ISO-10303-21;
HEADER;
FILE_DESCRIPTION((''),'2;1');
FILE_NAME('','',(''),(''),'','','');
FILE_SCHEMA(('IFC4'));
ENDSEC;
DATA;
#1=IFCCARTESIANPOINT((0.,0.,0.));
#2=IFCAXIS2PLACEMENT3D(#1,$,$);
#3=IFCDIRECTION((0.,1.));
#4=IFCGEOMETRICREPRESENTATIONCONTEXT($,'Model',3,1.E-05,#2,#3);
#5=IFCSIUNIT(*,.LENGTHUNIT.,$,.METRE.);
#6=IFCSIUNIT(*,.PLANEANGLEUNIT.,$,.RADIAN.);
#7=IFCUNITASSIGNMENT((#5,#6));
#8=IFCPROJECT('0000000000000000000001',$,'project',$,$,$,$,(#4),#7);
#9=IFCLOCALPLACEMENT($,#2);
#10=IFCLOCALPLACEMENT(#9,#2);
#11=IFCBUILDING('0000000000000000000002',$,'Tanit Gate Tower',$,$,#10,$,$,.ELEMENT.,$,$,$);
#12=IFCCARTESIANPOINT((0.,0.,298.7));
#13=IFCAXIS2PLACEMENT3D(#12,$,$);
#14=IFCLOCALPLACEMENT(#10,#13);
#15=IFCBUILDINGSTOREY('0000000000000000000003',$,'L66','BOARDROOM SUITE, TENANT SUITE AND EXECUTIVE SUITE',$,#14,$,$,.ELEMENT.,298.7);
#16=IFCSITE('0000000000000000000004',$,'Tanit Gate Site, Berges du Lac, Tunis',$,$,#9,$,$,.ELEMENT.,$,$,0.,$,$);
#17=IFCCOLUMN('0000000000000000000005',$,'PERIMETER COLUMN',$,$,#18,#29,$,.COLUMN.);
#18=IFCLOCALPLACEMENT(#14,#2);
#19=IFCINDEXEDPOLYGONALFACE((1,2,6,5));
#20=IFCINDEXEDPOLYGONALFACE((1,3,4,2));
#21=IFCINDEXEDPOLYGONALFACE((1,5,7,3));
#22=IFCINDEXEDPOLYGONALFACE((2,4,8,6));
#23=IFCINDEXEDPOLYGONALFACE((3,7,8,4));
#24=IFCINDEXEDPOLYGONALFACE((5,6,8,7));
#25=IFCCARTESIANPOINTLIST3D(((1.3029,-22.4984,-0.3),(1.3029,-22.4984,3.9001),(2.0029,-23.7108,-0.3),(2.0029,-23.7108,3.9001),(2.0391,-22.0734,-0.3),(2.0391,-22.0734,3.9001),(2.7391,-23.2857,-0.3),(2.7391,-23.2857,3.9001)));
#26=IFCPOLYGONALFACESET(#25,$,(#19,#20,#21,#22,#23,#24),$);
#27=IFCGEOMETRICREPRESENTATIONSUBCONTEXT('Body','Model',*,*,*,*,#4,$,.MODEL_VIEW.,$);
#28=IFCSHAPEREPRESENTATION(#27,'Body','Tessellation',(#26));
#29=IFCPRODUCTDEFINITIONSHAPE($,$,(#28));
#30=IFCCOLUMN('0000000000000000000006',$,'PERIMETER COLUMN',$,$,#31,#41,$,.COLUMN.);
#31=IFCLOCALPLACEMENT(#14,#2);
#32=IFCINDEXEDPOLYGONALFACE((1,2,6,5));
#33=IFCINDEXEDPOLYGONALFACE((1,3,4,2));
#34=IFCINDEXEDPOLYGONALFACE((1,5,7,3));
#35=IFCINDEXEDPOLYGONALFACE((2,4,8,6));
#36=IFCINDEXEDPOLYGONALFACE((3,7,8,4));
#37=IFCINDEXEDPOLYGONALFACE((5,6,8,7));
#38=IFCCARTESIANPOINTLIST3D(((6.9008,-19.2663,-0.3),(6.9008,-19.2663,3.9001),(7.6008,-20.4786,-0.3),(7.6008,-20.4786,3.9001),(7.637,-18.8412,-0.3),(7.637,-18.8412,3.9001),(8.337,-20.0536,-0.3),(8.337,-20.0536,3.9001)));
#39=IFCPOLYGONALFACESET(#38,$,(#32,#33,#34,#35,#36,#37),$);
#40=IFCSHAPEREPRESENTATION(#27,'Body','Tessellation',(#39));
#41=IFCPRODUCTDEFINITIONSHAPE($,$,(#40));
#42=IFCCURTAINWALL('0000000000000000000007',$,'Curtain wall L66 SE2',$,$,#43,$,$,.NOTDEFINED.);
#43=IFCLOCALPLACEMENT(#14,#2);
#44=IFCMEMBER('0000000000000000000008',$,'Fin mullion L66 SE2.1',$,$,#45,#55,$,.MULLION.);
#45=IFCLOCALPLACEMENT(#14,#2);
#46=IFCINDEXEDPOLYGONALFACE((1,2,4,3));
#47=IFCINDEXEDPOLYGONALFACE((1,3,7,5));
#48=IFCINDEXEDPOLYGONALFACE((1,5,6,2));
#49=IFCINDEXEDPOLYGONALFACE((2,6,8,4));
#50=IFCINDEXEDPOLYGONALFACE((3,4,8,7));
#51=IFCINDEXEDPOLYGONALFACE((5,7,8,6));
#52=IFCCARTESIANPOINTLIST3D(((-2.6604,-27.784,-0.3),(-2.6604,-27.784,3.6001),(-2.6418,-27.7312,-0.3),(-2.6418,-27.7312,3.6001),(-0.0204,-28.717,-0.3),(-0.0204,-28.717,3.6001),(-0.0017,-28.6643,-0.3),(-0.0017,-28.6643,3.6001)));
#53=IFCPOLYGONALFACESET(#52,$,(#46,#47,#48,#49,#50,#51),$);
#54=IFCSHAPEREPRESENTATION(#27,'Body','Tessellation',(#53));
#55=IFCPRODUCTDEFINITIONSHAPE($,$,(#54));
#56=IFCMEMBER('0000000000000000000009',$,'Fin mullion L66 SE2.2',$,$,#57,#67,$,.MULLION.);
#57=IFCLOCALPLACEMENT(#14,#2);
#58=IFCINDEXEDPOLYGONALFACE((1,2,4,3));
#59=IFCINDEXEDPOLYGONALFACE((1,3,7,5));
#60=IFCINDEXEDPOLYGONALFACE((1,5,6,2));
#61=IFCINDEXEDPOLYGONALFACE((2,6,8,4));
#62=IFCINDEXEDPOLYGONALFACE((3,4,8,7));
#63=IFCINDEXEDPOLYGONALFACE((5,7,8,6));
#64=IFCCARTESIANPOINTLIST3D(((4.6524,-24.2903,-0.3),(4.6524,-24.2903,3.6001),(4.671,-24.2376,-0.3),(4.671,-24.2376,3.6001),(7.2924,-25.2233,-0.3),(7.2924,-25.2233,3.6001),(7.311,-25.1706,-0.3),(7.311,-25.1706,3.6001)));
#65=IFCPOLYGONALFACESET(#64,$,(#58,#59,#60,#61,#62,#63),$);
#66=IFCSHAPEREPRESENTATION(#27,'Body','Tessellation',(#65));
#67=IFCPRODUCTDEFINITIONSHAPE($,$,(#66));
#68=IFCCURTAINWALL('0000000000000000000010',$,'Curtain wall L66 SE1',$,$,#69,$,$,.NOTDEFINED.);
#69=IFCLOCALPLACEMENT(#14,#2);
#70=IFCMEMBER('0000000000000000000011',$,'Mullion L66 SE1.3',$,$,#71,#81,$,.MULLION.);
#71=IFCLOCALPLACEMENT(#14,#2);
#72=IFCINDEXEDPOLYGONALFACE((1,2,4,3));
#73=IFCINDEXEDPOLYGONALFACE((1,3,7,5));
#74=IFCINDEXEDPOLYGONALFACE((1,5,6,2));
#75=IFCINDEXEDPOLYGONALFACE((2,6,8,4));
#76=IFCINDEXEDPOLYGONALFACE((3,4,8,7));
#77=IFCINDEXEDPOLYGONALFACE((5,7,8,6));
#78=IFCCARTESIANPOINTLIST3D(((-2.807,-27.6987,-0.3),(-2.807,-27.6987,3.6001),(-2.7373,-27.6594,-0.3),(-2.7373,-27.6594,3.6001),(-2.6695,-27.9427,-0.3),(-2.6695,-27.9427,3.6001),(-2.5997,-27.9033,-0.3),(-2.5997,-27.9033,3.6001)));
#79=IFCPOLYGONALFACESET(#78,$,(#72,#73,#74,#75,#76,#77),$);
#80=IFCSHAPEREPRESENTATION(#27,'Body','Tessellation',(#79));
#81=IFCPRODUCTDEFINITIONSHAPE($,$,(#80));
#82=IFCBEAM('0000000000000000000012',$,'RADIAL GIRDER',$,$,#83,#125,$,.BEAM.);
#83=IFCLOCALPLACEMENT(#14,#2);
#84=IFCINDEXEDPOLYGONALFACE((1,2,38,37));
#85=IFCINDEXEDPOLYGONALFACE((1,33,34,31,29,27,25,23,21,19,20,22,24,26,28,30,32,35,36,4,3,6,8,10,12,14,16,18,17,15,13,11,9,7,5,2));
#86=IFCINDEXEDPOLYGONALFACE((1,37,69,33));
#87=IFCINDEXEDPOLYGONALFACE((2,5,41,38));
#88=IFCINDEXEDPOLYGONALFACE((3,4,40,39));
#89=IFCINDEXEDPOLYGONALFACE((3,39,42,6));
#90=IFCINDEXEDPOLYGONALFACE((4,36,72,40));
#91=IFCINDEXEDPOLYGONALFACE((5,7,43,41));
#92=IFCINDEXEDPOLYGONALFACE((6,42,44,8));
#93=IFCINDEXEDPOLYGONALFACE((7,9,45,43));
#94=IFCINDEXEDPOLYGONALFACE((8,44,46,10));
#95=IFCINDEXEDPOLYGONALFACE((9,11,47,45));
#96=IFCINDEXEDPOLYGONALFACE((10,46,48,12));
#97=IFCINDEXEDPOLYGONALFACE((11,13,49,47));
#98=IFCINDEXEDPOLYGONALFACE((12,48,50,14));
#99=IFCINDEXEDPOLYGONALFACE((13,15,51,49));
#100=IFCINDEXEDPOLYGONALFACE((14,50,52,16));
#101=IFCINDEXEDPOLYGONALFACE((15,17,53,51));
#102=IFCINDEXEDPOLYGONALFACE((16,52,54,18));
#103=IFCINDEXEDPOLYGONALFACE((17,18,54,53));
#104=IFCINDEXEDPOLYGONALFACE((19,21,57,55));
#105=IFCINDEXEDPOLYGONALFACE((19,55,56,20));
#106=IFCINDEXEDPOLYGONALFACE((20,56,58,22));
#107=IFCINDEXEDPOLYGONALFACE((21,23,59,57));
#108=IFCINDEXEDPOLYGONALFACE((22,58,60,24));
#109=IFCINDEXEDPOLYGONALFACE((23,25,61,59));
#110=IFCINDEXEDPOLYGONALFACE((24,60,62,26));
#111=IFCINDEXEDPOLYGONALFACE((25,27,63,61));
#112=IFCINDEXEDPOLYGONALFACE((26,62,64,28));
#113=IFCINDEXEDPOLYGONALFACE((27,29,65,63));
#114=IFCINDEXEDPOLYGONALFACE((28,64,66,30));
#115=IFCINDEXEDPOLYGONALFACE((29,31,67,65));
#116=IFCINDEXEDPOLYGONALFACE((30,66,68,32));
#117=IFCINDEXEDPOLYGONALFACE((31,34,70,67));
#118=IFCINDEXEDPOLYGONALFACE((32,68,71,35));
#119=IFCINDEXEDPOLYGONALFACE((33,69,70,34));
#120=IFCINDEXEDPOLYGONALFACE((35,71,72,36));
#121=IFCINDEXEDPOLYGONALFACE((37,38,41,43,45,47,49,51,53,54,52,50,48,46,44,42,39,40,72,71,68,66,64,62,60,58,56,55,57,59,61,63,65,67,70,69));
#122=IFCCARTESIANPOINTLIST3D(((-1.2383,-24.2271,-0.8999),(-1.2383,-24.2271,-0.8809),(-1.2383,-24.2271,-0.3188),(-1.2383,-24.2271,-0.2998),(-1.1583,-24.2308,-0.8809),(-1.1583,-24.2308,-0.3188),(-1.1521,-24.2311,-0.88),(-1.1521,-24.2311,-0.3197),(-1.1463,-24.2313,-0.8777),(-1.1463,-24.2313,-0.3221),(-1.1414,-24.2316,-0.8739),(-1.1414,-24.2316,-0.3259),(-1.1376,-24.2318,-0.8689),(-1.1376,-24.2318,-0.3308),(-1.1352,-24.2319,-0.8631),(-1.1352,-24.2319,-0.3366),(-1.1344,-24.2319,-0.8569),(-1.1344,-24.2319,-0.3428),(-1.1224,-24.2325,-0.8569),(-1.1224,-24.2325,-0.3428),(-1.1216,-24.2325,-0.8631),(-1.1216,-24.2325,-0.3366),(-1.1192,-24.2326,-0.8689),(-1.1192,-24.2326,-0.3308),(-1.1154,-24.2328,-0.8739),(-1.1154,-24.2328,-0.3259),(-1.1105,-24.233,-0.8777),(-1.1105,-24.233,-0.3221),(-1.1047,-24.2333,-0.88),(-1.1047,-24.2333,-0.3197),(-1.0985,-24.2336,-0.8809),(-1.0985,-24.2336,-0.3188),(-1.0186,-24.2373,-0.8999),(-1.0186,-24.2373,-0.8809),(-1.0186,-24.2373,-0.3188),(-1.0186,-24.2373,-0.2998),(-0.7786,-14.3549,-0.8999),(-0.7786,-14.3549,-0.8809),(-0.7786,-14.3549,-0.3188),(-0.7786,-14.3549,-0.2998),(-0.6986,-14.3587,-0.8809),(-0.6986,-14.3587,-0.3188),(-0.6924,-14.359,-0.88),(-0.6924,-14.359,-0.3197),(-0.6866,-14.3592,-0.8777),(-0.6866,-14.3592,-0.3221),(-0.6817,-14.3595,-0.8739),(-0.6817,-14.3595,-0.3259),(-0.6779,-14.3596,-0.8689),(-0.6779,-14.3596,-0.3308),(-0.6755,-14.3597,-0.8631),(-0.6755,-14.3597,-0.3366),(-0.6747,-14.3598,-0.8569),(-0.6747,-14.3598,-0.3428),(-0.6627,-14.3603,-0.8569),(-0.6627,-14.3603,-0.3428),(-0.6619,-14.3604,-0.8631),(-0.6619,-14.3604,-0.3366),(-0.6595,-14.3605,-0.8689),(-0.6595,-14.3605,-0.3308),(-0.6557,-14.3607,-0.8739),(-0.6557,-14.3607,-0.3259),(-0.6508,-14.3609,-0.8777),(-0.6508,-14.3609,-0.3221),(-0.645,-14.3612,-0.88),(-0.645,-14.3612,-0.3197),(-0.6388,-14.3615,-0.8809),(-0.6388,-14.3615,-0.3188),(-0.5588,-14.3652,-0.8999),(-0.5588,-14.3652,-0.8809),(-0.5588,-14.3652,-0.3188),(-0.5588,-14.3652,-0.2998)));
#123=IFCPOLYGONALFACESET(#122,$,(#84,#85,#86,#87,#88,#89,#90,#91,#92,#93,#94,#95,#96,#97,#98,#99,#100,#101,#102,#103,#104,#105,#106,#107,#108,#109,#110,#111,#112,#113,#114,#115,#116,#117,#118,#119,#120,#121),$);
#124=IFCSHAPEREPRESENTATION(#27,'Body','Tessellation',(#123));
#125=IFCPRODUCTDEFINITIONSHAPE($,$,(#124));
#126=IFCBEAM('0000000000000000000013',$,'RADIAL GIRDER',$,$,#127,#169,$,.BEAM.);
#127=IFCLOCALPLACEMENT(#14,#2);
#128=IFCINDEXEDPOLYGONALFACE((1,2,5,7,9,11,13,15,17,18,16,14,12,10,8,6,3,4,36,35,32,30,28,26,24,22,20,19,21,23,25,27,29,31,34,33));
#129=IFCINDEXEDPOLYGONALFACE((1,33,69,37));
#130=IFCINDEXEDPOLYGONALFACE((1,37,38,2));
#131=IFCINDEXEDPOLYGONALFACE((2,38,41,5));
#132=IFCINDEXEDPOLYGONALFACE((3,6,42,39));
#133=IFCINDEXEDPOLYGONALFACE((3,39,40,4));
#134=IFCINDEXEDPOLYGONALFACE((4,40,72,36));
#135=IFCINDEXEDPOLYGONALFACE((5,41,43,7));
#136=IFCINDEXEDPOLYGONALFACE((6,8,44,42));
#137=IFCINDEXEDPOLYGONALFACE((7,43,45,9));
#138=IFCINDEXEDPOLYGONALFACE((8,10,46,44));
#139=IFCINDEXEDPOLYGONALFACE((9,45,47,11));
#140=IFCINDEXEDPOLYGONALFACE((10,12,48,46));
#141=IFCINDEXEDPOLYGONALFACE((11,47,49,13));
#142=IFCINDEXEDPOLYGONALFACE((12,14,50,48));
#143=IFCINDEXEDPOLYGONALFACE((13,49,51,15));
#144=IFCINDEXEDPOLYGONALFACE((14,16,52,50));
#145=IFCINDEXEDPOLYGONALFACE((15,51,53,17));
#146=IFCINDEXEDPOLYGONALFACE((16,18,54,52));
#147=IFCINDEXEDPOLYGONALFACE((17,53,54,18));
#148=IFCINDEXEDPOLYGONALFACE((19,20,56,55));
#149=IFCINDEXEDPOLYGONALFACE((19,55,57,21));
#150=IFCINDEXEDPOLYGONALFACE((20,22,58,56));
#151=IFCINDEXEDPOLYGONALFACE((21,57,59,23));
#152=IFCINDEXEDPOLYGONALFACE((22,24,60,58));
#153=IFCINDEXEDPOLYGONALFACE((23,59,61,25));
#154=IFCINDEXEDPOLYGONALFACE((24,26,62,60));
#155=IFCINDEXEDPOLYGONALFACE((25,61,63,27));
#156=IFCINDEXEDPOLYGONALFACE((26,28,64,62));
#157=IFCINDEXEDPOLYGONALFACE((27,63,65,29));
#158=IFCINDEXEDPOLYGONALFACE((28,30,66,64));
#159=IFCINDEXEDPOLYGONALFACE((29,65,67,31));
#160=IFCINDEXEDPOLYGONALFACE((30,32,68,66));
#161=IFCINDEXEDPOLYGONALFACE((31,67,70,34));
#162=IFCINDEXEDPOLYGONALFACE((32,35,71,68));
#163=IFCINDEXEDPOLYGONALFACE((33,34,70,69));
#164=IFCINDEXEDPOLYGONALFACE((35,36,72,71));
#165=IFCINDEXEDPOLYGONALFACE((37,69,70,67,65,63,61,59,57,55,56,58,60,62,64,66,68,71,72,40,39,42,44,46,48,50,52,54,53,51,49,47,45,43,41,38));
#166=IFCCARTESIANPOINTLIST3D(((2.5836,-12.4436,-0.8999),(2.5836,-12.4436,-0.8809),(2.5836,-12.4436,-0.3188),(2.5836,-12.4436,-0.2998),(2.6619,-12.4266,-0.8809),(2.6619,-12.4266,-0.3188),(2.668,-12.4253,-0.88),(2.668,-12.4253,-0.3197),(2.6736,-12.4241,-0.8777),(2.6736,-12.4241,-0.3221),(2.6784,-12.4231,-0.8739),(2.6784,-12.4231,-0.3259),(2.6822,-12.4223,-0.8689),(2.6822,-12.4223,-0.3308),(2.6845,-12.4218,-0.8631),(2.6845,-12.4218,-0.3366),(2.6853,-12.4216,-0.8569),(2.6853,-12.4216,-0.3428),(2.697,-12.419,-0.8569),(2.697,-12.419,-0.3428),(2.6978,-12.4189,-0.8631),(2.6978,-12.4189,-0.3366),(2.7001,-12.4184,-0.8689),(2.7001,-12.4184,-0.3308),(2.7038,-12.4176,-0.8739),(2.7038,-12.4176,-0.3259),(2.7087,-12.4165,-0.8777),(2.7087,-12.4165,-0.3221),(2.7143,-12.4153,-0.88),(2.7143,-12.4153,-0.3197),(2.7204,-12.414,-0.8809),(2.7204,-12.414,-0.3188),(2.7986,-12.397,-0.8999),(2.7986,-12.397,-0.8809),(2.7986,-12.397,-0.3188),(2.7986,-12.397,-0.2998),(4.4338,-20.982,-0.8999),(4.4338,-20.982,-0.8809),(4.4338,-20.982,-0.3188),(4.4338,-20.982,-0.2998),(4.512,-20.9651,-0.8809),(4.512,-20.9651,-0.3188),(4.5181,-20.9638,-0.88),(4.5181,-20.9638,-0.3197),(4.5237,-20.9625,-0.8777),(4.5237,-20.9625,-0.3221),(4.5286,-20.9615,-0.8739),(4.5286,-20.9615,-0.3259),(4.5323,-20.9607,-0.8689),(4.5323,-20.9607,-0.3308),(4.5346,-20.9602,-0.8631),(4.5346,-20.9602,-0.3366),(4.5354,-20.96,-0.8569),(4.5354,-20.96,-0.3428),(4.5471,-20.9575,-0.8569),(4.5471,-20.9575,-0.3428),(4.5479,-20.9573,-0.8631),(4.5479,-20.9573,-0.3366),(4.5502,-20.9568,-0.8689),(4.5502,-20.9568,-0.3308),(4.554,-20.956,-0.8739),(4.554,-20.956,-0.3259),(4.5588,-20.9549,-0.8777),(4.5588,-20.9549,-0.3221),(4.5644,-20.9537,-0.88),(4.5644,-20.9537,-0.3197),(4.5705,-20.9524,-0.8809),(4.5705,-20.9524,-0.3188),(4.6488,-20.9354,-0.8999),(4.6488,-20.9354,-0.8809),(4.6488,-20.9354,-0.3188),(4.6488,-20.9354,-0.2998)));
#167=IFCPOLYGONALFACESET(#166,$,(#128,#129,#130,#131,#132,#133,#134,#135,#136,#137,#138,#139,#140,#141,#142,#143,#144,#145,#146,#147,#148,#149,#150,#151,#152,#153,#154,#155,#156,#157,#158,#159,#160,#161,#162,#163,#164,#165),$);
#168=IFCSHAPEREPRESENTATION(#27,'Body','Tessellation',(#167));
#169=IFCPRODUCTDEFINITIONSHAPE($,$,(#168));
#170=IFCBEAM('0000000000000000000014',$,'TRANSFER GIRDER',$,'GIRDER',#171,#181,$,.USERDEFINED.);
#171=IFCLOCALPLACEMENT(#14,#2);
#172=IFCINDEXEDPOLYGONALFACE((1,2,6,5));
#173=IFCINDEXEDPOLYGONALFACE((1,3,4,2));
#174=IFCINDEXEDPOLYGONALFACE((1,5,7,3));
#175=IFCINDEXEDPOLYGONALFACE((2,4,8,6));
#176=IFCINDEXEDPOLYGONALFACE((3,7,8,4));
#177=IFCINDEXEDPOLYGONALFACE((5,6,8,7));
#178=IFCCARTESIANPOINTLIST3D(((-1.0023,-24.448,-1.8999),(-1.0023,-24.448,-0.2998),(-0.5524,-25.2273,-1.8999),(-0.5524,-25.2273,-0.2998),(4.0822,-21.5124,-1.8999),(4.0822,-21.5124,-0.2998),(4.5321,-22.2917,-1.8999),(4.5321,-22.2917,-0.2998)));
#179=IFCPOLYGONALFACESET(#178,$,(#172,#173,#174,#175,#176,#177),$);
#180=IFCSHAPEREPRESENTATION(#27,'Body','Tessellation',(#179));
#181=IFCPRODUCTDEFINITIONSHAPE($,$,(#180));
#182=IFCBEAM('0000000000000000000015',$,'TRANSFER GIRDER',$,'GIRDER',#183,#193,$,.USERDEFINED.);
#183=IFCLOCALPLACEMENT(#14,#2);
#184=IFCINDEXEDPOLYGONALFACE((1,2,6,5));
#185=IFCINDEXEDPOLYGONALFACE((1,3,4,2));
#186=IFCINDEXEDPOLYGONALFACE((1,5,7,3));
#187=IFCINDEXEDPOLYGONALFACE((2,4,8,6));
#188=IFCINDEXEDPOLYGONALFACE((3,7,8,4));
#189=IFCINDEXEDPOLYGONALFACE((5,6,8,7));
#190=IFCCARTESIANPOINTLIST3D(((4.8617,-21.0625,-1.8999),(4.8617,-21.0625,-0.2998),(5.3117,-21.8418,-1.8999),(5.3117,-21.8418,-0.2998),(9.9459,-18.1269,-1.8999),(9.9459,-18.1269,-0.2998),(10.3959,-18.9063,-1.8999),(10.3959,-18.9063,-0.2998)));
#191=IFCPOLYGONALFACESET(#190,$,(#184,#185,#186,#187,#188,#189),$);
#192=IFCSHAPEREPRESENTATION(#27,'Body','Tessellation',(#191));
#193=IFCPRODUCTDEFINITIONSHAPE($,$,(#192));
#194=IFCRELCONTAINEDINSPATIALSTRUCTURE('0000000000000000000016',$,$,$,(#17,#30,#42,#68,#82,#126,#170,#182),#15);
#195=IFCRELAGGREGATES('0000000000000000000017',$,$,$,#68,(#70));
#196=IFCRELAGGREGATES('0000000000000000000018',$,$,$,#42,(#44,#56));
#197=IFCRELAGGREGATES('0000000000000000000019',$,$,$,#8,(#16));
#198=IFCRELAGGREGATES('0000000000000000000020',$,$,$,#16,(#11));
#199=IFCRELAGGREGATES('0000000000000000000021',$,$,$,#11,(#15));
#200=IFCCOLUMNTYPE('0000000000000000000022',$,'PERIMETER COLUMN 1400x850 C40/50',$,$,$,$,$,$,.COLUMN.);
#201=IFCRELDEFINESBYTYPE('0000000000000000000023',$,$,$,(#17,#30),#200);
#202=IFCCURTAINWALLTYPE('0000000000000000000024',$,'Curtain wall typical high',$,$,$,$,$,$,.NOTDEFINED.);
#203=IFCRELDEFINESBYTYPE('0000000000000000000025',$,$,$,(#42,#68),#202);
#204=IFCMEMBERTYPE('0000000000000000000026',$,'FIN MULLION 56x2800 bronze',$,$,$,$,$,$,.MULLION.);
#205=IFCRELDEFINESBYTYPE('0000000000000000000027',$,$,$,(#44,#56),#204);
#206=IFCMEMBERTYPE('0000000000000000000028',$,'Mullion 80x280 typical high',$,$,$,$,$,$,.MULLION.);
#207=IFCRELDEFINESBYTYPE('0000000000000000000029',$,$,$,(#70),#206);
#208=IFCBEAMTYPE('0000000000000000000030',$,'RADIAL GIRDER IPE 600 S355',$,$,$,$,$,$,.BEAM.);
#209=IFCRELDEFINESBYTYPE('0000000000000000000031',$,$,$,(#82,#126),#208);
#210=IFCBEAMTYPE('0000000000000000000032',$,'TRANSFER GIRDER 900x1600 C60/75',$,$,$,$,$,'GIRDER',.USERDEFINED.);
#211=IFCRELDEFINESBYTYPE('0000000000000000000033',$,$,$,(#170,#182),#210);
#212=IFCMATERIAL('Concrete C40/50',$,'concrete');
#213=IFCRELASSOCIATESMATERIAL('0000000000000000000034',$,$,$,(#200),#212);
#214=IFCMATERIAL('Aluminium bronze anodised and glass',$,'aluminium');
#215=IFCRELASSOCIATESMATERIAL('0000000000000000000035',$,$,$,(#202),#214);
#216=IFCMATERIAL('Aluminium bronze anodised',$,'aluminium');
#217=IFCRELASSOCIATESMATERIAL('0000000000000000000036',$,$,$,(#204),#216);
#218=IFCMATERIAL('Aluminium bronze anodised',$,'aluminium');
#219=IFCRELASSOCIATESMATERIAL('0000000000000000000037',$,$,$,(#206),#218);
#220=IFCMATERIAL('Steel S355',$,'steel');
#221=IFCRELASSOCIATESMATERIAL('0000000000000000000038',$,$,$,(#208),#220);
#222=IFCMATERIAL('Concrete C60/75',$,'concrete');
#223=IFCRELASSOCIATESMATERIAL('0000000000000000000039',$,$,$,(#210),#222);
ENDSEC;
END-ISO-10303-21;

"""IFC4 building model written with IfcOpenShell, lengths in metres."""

from ifc_helpers import new_model, si_unit, direction, frame, origin, origin_2d, place, context, subcontext, project, spatial, rectangle, i_section, extrude, material, material_profile, profile_set, type_object, element, aggregate, save


model = new_model("IFC4")

# Units and contexts
model_context = context("Model", 3, precision=1e-05, world=origin(), true_north=direction((0.0, 1.0)))
body_context = subcontext(model_context, "Body", "Model", "MODEL_VIEW")
ifc_project = project(units=[si_unit("LENGTHUNIT", "METRE"), si_unit("PLANEANGLEUNIT", "RADIAN")], contexts=[model_context])

# Site, building, storey
site_placement = place(None, origin())
site = spatial("IfcSite", under=ifc_project, at=site_placement, Name="Tanit Gate Site, Berges du Lac, Tunis", CompositionType="ELEMENT", RefElevation=0.0)
building_placement = place(site_placement, origin())
building = spatial("IfcBuilding", under=site, at=building_placement, Name="Tanit Gate Tower", CompositionType="ELEMENT")
storey_placement = place(building_placement, frame((0.0, 0.0, 298.7)))
storey = spatial("IfcBuildingStorey", under=building, at=storey_placement, Name="L66", Description="BOARDROOM SUITE, TENANT SUITE AND EXECUTIVE SUITE", CompositionType="ELEMENT", Elevation=298.7)

# Columns
ifc_material_1 = material(Name="Concrete C40/50", Category="concrete")
ifc_material_profile_1 = material_profile(ifc_material_1, rectangle(XDim=1.3999, YDim=0.8501, at=origin_2d()), Name="RC 1400x850")
ifc_profile_set_1 = profile_set([ifc_material_profile_1], Name="Concrete C40/50")
column_type = type_object("IfcColumnType", Name="PERIMETER COLUMN 1400x850 C40/50", PredefinedType="COLUMN", material=ifc_profile_set_1)
for number, where, z_axis, x_axis, name in (
    (1, (2.021, -22.8921, -0.3), (0.0, 0.0, 1.0), (0.5, -0.866025, 0.0), "PERIMETER COLUMN"),
    (2, (7.6189, -19.6599, -0.3), (0.0, 0.0, 1.0), (0.5, -0.866025, 0.0), "PERIMETER COLUMN"),
):
    element("IfcColumn", number, at=place(storey_placement, frame(where, z_axis=z_axis, x_axis=x_axis)), inside=storey, type_object=column_type, Name=name, PredefinedType="COLUMN", context=body_context, shape_type="SweptSolid", body=[
        extrude(rectangle(XDim=1.3999, YDim=0.8501, at=origin_2d()), origin(), (0.0, 0.0, 1.0), 4.2002),
    ])

# Curtain wall, members
ifc_material_2 = material(Name="Aluminium bronze anodised and glass", Category="aluminium")
curtain_wall_type = type_object("IfcCurtainWallType", Name="Curtain wall typical high", PredefinedType="NOTDEFINED", material=ifc_material_2)
curtain_wall_1_placement = place(storey_placement, origin())
curtain_wall_1 = element("IfcCurtainWall", 3, at=curtain_wall_1_placement, inside=storey, type_object=curtain_wall_type, Name="Curtain wall L66 SE2", PredefinedType="NOTDEFINED")
ifc_material_3 = material(Name="Aluminium bronze anodised", Category="aluminium")
ifc_material_profile_2 = material_profile(ifc_material_3, rectangle(XDim=2.8, YDim=0.0559, at=origin_2d()), Name="56x2800 bronze fin mullion")
ifc_profile_set_2 = profile_set([ifc_material_profile_2], Name="Aluminium bronze anodised")
member_type_1 = type_object("IfcMemberType", Name="FIN MULLION 56x2800 bronze", PredefinedType="MULLION", material=ifc_profile_set_2)
member_1_placement = place(storey_placement, frame((-1.3311, -28.2241, -0.3), z_axis=(0.0, 0.0, 1.0), x_axis=(-0.942849, 0.33322, 0.0)))
member_1 = element("IfcMember", 4, at=member_1_placement, type_object=member_type_1, Name="Fin mullion L66 SE2.1", PredefinedType="MULLION", context=body_context, shape_type="SweptSolid", body=[
    extrude(rectangle(XDim=2.8, YDim=0.0559, at=origin_2d()), origin(), (0.0, 0.0, 1.0), 3.9001),
])
member_2_placement = place(storey_placement, frame((5.9817, -24.7305, -0.3), z_axis=(0.0, 0.0, 1.0), x_axis=(-0.942849, 0.33322, 0.0)))
member_2 = element("IfcMember", 5, at=member_2_placement, type_object=member_type_1, Name="Fin mullion L66 SE2.2", PredefinedType="MULLION", context=body_context, shape_type="SweptSolid", body=[
    extrude(rectangle(XDim=2.8, YDim=0.0559, at=origin_2d()), origin(), (0.0, 0.0, 1.0), 3.9001),
])

# Curtain wall, member
curtain_wall_2_placement = place(storey_placement, origin())
curtain_wall_2 = element("IfcCurtainWall", 6, at=curtain_wall_2_placement, inside=storey, type_object=curtain_wall_type, Name="Curtain wall L66 SE1", PredefinedType="NOTDEFINED")
ifc_material_4 = material(Name="Aluminium bronze anodised", Category="aluminium")
ifc_material_profile_3 = material_profile(ifc_material_4, rectangle(XDim=0.28, YDim=0.0801, at=origin_2d()), Name="80x280 bronze mullion")
ifc_profile_set_3 = profile_set([ifc_material_profile_3], Name="Aluminium bronze anodised")
member_type_2 = type_object("IfcMemberType", Name="Mullion 80x280 typical high", PredefinedType="MULLION", material=ifc_profile_set_3)
member_3_placement = place(storey_placement, frame((-2.7034, -27.801, -0.3), z_axis=(0.0, 0.0, 1.0), x_axis=(-0.491188, 0.871054, 0.0)))
member_3 = element("IfcMember", 7, at=member_3_placement, type_object=member_type_2, Name="Mullion L66 SE1.3", PredefinedType="MULLION", context=body_context, shape_type="SweptSolid", body=[
    extrude(rectangle(XDim=0.28, YDim=0.0801, at=origin_2d()), origin(), (0.0, 0.0, 1.0), 3.9001),
])
aggregate(curtain_wall_2, [member_3])

# Beams
ifc_material_5 = material(Name="Steel S355", Category="steel")
ifc_material_profile_4 = material_profile(ifc_material_5, i_section(OverallWidth=0.22, OverallDepth=0.6001, WebThickness=0.012, FlangeThickness=0.019, FilletRadius=0.0239, at=origin_2d()), Name="IPE 600")
ifc_profile_set_4 = profile_set([ifc_material_profile_4], Name="Steel S355")
beam_type_1 = type_object("IfcBeamType", Name="RADIAL GIRDER IPE 600 S355", PredefinedType="BEAM", material=ifc_profile_set_4)
beam_1_placement = place(storey_placement, frame((-1.1284, -24.2322, -0.5999), z_axis=(0.046517, 0.998917, 0.0), x_axis=(-0.998917, 0.046517, 0.0)))
element("IfcBeam", 8, at=beam_1_placement, inside=storey, type_object=beam_type_1, Name="RADIAL GIRDER", PredefinedType="BEAM", context=body_context, shape_type="SweptSolid", body=[
    extrude(i_section(OverallWidth=0.22, OverallDepth=0.6001, WebThickness=0.012, FlangeThickness=0.019, FilletRadius=0.0239, at=origin_2d()), origin(), (0.0, 0.0, 1.0), 9.8828),
])
beam_2_placement = place(storey_placement, frame((4.5413, -20.9587, -0.5999), z_axis=(-0.211767, 0.97732, 0.0), x_axis=(-0.97732, -0.211767, 0.0)))
element("IfcBeam", 9, at=beam_2_placement, inside=storey, type_object=beam_type_1, Name="RADIAL GIRDER", PredefinedType="BEAM", context=body_context, shape_type="SweptSolid", body=[
    extrude(i_section(OverallWidth=0.22, OverallDepth=0.6001, WebThickness=0.012, FlangeThickness=0.019, FilletRadius=0.0239, at=origin_2d()), origin(), (0.0, 0.0, 1.0), 8.7366),
])
ifc_material_6 = material(Name="Concrete C60/75", Category="concrete")
ifc_material_profile_5 = material_profile(ifc_material_6, rectangle(XDim=0.8999, YDim=1.6001, at=origin_2d()), Name="RC 900x1600")
ifc_profile_set_5 = profile_set([ifc_material_profile_5], Name="Concrete C60/75")
beam_type_2 = type_object("IfcBeamType", Name="TRANSFER GIRDER 900x1600 C60/75", ElementType="GIRDER", PredefinedType="USERDEFINED", material=ifc_profile_set_5)
beam_3_placement = place(storey_placement, frame((-0.7773, -24.8376, -1.0999), z_axis=(0.866024, 0.500003, 0.0), x_axis=(-0.500003, 0.866024, 0.0)))
element("IfcBeam", 10, at=beam_3_placement, inside=storey, type_object=beam_type_2, Name="TRANSFER GIRDER", ObjectType="GIRDER", PredefinedType="USERDEFINED", context=body_context, shape_type="SweptSolid", body=[
    extrude(rectangle(XDim=0.8999, YDim=1.6001, at=origin_2d()), origin(), (0.0, 0.0, 1.0), 5.8711),
])
beam_4_placement = place(storey_placement, frame((5.0867, -21.4521, -1.0999), z_axis=(0.866013, 0.500021, 0.0), x_axis=(-0.500021, 0.866013, 0.0)))
element("IfcBeam", 11, at=beam_4_placement, inside=storey, type_object=beam_type_2, Name="TRANSFER GIRDER", ObjectType="GIRDER", PredefinedType="USERDEFINED", context=body_context, shape_type="SweptSolid", body=[
    extrude(rectangle(XDim=0.8999, YDim=1.6001, at=origin_2d()), origin(), (0.0, 0.0, 1.0), 5.8708),
])

aggregate(curtain_wall_1, [member_1, member_2])

save(model, "model.ifc")
